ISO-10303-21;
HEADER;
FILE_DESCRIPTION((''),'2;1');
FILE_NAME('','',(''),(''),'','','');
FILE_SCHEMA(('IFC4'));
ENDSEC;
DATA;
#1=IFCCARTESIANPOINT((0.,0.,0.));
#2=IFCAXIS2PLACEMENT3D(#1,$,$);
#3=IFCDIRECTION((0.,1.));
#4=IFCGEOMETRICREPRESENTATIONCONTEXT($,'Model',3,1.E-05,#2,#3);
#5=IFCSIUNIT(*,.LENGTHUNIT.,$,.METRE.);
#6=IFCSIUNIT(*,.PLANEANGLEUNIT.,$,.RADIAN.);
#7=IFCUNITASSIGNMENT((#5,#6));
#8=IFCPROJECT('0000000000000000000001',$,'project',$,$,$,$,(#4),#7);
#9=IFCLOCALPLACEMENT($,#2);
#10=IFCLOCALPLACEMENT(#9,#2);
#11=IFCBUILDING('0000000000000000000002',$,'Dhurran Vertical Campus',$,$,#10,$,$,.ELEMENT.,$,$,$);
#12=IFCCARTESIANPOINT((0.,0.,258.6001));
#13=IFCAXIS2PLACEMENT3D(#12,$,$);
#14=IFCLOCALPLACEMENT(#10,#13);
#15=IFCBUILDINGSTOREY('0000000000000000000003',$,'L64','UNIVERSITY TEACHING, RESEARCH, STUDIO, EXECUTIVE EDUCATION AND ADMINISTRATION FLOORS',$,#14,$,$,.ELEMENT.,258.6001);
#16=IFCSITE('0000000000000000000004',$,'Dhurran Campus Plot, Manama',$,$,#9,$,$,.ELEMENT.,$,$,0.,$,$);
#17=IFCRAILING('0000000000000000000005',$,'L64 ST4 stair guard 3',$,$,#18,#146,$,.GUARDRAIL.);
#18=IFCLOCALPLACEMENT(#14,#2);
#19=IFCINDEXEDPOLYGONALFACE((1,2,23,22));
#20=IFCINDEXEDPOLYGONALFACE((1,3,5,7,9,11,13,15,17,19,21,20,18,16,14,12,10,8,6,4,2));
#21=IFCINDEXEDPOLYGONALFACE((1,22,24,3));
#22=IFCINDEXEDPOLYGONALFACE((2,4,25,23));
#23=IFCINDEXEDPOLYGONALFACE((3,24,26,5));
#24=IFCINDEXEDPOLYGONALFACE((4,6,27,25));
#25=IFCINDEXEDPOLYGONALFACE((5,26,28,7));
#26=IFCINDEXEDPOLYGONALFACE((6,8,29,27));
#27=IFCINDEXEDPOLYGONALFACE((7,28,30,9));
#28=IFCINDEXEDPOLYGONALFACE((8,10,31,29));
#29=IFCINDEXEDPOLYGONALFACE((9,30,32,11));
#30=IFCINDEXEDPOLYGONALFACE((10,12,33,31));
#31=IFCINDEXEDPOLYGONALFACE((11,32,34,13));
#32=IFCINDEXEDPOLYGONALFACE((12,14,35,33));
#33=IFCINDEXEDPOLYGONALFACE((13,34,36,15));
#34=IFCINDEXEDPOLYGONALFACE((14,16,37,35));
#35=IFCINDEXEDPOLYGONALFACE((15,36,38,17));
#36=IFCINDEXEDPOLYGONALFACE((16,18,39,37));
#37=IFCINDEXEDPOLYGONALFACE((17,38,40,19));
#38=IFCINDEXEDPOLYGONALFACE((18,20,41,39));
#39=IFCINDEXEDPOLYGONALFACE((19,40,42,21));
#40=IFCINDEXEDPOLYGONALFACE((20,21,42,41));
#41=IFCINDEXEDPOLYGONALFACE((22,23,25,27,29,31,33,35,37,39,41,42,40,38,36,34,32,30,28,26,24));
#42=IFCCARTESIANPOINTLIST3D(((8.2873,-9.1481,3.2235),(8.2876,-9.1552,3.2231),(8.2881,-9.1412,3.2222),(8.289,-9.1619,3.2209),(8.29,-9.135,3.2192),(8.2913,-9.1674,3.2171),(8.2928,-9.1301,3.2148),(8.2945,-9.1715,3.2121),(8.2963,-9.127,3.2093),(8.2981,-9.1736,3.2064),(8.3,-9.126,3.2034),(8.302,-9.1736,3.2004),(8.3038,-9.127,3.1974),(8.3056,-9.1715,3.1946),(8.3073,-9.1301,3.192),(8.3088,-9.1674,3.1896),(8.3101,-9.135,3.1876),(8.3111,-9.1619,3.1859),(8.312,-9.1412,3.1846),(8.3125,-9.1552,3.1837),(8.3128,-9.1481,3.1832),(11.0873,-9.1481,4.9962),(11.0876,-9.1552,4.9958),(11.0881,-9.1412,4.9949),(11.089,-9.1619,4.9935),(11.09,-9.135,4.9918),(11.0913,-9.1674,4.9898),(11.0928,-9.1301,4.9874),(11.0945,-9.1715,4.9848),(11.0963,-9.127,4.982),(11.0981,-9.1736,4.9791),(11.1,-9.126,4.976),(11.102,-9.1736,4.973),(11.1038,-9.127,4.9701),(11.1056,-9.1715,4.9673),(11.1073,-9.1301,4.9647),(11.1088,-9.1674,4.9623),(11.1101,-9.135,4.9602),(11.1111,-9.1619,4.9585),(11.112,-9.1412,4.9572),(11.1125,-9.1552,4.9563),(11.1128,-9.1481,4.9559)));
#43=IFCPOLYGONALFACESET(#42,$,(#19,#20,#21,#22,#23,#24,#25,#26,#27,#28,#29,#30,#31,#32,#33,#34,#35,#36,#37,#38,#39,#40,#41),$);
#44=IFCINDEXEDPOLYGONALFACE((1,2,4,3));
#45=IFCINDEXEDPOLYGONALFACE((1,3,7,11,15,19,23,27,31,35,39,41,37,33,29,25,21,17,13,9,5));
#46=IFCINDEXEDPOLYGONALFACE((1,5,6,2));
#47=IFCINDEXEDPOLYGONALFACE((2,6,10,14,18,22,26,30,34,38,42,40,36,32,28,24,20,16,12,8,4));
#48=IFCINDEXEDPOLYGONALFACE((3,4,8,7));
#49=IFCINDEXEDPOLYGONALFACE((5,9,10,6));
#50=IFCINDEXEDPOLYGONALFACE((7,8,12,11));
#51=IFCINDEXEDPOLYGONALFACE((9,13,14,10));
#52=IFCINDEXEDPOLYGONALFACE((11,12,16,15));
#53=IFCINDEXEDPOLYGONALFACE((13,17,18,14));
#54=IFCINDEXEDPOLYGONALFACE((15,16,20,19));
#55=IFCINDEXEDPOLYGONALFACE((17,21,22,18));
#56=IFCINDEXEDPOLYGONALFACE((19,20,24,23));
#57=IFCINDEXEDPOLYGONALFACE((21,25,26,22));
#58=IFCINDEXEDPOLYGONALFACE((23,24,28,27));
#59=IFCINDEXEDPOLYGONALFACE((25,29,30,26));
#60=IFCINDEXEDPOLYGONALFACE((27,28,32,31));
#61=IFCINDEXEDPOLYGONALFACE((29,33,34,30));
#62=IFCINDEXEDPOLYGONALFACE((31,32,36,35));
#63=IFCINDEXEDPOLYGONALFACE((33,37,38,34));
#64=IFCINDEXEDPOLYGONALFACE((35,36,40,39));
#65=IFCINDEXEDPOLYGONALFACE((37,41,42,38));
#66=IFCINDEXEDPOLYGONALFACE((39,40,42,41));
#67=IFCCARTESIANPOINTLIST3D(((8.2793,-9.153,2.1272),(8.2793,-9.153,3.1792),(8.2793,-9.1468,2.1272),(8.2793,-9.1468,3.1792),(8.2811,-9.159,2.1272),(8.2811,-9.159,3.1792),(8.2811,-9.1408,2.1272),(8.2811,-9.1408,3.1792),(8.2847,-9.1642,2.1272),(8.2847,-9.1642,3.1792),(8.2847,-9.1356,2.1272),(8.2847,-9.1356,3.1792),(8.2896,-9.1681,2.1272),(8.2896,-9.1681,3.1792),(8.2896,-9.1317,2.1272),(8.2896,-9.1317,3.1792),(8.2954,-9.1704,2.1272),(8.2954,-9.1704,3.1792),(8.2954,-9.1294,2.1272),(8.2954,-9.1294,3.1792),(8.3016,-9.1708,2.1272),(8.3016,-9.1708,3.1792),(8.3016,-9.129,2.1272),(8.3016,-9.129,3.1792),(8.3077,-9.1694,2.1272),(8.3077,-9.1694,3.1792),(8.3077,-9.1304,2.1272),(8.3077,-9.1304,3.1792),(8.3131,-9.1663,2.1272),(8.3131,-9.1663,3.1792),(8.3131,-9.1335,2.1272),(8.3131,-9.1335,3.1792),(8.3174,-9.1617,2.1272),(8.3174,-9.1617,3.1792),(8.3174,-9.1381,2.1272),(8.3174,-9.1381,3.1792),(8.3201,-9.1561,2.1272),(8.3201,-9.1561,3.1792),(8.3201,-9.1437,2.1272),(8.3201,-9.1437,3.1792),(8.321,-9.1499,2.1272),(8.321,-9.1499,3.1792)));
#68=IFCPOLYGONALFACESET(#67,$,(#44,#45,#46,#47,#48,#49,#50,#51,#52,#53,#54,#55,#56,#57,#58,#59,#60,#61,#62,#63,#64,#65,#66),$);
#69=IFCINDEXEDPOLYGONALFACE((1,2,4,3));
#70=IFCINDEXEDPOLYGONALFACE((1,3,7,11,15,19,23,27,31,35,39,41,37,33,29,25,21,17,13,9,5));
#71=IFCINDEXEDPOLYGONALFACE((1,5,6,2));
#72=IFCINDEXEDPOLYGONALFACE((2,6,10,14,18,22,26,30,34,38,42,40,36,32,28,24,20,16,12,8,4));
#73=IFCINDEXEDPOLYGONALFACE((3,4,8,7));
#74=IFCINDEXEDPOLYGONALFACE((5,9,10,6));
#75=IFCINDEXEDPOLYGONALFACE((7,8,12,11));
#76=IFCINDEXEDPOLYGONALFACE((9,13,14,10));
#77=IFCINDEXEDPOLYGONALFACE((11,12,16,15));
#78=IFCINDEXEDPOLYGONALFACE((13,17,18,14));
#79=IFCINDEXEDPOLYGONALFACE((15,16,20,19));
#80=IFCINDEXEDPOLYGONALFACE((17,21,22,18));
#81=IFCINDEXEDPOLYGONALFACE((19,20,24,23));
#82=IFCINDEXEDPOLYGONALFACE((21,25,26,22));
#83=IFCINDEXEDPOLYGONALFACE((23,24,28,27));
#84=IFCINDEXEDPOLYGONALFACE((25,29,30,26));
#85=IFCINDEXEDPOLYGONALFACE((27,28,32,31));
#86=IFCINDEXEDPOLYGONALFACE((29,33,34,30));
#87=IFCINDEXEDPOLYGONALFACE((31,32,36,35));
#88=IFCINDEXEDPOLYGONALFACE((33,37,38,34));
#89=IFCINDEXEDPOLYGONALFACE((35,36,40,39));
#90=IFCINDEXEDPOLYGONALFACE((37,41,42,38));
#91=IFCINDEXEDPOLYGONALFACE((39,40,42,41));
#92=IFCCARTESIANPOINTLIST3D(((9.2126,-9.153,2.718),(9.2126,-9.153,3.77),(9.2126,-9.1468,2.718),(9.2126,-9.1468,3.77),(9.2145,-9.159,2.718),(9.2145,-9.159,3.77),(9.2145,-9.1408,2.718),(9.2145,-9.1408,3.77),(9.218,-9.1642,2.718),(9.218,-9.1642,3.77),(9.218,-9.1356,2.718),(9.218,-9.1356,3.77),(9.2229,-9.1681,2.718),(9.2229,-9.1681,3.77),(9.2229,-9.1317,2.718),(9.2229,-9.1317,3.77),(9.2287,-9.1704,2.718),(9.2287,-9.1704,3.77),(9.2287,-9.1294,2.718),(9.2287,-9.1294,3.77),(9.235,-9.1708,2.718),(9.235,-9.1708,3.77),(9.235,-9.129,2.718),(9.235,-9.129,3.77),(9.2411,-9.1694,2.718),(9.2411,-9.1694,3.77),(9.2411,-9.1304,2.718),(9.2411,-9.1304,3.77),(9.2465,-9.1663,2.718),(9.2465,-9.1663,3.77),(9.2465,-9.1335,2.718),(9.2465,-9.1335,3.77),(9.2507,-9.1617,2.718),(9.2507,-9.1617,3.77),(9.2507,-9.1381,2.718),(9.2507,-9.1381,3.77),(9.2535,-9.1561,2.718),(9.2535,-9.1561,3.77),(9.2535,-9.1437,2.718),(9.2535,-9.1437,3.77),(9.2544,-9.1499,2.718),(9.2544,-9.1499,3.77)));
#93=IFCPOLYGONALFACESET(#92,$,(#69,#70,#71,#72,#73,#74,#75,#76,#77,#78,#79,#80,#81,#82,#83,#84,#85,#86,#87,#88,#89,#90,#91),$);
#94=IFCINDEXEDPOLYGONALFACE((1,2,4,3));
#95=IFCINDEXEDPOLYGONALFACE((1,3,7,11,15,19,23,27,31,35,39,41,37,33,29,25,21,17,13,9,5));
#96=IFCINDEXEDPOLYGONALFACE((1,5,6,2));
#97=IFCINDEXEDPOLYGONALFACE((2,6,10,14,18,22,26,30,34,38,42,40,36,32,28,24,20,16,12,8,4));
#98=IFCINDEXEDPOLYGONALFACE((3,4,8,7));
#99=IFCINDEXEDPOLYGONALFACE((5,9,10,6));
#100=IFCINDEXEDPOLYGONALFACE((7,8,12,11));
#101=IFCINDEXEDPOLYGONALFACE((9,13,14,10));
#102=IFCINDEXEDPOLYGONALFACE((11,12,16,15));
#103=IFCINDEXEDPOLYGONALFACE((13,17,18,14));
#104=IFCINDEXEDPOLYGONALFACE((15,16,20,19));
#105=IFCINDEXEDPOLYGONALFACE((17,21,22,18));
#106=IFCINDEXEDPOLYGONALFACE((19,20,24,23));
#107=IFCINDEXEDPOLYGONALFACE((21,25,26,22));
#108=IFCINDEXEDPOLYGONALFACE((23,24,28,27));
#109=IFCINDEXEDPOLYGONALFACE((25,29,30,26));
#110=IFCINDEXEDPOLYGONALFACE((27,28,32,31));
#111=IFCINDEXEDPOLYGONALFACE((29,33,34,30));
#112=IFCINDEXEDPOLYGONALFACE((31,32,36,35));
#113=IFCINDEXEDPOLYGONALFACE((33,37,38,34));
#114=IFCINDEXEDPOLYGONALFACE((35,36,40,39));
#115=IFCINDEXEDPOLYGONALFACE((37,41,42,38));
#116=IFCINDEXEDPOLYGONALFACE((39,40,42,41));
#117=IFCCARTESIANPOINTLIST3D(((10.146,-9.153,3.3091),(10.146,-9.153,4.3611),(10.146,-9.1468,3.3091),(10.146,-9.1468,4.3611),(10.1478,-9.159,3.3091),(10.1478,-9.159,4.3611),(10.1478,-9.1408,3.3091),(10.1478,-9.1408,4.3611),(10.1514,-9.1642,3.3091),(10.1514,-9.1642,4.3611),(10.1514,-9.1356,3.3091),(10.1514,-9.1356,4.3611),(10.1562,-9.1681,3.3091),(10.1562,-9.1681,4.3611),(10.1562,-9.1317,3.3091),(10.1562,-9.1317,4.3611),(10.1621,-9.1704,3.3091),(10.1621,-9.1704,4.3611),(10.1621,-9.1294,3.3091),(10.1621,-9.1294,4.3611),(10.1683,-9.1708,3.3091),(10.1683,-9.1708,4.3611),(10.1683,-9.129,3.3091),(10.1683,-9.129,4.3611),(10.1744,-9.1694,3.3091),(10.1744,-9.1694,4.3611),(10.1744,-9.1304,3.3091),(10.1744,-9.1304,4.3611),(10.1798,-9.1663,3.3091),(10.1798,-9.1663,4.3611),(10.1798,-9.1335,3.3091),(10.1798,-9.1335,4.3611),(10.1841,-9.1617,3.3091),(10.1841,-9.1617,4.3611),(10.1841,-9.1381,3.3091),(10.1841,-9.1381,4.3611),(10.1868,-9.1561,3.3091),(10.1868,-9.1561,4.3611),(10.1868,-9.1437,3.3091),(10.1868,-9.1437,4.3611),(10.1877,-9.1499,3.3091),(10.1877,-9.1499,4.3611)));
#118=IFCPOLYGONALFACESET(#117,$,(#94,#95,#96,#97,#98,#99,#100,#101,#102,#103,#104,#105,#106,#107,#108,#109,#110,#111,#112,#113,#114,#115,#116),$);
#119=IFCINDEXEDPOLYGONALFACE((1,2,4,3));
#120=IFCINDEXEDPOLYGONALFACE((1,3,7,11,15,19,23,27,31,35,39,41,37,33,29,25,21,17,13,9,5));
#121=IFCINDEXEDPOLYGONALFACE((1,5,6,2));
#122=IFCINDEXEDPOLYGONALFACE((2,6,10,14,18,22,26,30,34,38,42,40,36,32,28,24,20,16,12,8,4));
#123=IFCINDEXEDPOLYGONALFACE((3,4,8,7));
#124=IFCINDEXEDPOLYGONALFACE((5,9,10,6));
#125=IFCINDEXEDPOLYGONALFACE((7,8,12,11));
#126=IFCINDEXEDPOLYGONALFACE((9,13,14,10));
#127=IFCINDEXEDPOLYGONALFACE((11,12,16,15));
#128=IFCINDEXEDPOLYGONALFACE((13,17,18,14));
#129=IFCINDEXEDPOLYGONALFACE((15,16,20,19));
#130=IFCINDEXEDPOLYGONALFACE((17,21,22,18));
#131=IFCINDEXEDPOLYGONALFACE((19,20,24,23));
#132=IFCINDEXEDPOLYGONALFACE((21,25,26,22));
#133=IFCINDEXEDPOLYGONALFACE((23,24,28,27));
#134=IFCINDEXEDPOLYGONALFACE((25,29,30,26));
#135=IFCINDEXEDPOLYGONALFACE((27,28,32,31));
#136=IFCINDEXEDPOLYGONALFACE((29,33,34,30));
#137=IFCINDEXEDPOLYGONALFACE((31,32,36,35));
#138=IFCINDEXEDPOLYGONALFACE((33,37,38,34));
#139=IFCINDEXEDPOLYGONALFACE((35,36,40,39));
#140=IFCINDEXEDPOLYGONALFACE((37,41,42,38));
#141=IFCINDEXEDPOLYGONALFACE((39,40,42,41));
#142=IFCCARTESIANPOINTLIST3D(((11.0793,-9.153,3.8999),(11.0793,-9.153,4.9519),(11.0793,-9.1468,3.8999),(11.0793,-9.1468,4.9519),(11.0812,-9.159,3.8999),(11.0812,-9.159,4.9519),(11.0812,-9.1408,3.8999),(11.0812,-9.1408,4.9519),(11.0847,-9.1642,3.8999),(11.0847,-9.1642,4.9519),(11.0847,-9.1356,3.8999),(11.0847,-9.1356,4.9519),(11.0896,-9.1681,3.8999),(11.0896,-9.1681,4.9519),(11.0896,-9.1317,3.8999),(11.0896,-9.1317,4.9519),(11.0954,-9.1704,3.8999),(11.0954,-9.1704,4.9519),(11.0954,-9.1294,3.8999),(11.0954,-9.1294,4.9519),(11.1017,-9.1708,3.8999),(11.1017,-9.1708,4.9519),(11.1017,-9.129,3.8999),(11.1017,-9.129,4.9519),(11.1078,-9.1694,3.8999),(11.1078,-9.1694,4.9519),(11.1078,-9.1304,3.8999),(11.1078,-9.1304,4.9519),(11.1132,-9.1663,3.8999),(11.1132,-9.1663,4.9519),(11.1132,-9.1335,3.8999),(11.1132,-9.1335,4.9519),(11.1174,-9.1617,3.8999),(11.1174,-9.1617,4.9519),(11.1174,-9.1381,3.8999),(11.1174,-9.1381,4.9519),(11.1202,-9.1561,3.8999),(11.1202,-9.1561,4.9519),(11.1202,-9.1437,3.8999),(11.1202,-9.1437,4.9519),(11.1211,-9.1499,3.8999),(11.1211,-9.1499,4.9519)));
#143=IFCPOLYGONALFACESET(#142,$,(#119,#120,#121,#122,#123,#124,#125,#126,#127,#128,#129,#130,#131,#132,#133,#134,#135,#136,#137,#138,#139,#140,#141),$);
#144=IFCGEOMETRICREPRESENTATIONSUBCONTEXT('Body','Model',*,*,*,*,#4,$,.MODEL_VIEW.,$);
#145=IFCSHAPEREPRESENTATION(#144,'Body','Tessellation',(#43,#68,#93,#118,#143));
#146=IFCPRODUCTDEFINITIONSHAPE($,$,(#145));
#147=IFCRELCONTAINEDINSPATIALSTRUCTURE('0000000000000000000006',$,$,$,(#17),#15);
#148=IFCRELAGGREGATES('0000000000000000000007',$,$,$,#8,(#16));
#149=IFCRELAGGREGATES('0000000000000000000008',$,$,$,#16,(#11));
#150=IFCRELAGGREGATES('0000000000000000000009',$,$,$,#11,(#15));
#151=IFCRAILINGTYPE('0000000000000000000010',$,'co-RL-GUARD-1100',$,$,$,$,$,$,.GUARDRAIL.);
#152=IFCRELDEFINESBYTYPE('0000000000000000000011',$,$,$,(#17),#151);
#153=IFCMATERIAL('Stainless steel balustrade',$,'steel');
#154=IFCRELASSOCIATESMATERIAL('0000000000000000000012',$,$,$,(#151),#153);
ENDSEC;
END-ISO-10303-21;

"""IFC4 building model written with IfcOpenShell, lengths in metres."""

from ifc_helpers import new_model, si_unit, direction, frame, origin, origin_2d, place, context, subcontext, project, spatial, circle, extrude, material, type_object, element, save


model = new_model("IFC4")

# Units and contexts
model_context = context("Model", 3, precision=1e-05, world=origin(), true_north=direction((0.0, 1.0)))
body_context = subcontext(model_context, "Body", "Model", "MODEL_VIEW")
ifc_project = project(units=[si_unit("LENGTHUNIT", "METRE"), si_unit("PLANEANGLEUNIT", "RADIAN")], contexts=[model_context])

# Site, building, storey
site_placement = place(None, origin())
site = spatial("IfcSite", under=ifc_project, at=site_placement, Name="Dhurran Campus Plot, Manama", CompositionType="ELEMENT", RefElevation=0.0)
building_placement = place(site_placement, origin())
building = spatial("IfcBuilding", under=site, at=building_placement, Name="Dhurran Vertical Campus", CompositionType="ELEMENT")
storey_placement = place(building_placement, frame((0.0, 0.0, 258.6001)))
storey = spatial("IfcBuildingStorey", under=building, at=storey_placement, Name="L64", Description="UNIVERSITY TEACHING, RESEARCH, STUDIO, EXECUTIVE EDUCATION AND ADMINISTRATION FLOORS", CompositionType="ELEMENT", Elevation=258.6001)

# Railing
ifc_material_1 = material(Name="Stainless steel balustrade", Category="steel")
railing_type_1 = type_object("IfcRailingType", Name="co-RL-GUARD-1100", PredefinedType="GUARDRAIL", material=ifc_material_1)
railing_1_placement = place(storey_placement, frame((8.3, -9.1499, 2.1272)))
element("IfcRailing", 1, at=railing_1_placement, inside=storey, type_object=railing_type_1, Name="L64 ST4 stair guard 3", PredefinedType="GUARDRAIL", context=body_context, shape_type="SweptSolid", body=[
    extrude(circle(Radius=0.0239, at=origin_2d()), frame((0.0, 0.0, 1.0762), z_axis=(0.844909, 0.0, 0.53491), x_axis=(0.0, 1.0, 0.0)), (0.0, 0.0, 1.0), 3.314),
    extrude(circle(Radius=0.021, at=origin_2d()), origin(), (0.0, 0.0, 1.0), 1.052),
    extrude(circle(Radius=0.021, at=origin_2d()), frame((0.9333, 0.0, 0.5908)), (0.0, 0.0, 1.0), 1.052),
    extrude(circle(Radius=0.021, at=origin_2d()), frame((1.8667, 0.0, 1.1819)), (0.0, 0.0, 1.0), 1.052),
    extrude(circle(Radius=0.021, at=origin_2d()), frame((2.8, 0.0, 1.7727)), (0.0, 0.0, 1.0), 1.052),
])

save(model, "model.ifc")
